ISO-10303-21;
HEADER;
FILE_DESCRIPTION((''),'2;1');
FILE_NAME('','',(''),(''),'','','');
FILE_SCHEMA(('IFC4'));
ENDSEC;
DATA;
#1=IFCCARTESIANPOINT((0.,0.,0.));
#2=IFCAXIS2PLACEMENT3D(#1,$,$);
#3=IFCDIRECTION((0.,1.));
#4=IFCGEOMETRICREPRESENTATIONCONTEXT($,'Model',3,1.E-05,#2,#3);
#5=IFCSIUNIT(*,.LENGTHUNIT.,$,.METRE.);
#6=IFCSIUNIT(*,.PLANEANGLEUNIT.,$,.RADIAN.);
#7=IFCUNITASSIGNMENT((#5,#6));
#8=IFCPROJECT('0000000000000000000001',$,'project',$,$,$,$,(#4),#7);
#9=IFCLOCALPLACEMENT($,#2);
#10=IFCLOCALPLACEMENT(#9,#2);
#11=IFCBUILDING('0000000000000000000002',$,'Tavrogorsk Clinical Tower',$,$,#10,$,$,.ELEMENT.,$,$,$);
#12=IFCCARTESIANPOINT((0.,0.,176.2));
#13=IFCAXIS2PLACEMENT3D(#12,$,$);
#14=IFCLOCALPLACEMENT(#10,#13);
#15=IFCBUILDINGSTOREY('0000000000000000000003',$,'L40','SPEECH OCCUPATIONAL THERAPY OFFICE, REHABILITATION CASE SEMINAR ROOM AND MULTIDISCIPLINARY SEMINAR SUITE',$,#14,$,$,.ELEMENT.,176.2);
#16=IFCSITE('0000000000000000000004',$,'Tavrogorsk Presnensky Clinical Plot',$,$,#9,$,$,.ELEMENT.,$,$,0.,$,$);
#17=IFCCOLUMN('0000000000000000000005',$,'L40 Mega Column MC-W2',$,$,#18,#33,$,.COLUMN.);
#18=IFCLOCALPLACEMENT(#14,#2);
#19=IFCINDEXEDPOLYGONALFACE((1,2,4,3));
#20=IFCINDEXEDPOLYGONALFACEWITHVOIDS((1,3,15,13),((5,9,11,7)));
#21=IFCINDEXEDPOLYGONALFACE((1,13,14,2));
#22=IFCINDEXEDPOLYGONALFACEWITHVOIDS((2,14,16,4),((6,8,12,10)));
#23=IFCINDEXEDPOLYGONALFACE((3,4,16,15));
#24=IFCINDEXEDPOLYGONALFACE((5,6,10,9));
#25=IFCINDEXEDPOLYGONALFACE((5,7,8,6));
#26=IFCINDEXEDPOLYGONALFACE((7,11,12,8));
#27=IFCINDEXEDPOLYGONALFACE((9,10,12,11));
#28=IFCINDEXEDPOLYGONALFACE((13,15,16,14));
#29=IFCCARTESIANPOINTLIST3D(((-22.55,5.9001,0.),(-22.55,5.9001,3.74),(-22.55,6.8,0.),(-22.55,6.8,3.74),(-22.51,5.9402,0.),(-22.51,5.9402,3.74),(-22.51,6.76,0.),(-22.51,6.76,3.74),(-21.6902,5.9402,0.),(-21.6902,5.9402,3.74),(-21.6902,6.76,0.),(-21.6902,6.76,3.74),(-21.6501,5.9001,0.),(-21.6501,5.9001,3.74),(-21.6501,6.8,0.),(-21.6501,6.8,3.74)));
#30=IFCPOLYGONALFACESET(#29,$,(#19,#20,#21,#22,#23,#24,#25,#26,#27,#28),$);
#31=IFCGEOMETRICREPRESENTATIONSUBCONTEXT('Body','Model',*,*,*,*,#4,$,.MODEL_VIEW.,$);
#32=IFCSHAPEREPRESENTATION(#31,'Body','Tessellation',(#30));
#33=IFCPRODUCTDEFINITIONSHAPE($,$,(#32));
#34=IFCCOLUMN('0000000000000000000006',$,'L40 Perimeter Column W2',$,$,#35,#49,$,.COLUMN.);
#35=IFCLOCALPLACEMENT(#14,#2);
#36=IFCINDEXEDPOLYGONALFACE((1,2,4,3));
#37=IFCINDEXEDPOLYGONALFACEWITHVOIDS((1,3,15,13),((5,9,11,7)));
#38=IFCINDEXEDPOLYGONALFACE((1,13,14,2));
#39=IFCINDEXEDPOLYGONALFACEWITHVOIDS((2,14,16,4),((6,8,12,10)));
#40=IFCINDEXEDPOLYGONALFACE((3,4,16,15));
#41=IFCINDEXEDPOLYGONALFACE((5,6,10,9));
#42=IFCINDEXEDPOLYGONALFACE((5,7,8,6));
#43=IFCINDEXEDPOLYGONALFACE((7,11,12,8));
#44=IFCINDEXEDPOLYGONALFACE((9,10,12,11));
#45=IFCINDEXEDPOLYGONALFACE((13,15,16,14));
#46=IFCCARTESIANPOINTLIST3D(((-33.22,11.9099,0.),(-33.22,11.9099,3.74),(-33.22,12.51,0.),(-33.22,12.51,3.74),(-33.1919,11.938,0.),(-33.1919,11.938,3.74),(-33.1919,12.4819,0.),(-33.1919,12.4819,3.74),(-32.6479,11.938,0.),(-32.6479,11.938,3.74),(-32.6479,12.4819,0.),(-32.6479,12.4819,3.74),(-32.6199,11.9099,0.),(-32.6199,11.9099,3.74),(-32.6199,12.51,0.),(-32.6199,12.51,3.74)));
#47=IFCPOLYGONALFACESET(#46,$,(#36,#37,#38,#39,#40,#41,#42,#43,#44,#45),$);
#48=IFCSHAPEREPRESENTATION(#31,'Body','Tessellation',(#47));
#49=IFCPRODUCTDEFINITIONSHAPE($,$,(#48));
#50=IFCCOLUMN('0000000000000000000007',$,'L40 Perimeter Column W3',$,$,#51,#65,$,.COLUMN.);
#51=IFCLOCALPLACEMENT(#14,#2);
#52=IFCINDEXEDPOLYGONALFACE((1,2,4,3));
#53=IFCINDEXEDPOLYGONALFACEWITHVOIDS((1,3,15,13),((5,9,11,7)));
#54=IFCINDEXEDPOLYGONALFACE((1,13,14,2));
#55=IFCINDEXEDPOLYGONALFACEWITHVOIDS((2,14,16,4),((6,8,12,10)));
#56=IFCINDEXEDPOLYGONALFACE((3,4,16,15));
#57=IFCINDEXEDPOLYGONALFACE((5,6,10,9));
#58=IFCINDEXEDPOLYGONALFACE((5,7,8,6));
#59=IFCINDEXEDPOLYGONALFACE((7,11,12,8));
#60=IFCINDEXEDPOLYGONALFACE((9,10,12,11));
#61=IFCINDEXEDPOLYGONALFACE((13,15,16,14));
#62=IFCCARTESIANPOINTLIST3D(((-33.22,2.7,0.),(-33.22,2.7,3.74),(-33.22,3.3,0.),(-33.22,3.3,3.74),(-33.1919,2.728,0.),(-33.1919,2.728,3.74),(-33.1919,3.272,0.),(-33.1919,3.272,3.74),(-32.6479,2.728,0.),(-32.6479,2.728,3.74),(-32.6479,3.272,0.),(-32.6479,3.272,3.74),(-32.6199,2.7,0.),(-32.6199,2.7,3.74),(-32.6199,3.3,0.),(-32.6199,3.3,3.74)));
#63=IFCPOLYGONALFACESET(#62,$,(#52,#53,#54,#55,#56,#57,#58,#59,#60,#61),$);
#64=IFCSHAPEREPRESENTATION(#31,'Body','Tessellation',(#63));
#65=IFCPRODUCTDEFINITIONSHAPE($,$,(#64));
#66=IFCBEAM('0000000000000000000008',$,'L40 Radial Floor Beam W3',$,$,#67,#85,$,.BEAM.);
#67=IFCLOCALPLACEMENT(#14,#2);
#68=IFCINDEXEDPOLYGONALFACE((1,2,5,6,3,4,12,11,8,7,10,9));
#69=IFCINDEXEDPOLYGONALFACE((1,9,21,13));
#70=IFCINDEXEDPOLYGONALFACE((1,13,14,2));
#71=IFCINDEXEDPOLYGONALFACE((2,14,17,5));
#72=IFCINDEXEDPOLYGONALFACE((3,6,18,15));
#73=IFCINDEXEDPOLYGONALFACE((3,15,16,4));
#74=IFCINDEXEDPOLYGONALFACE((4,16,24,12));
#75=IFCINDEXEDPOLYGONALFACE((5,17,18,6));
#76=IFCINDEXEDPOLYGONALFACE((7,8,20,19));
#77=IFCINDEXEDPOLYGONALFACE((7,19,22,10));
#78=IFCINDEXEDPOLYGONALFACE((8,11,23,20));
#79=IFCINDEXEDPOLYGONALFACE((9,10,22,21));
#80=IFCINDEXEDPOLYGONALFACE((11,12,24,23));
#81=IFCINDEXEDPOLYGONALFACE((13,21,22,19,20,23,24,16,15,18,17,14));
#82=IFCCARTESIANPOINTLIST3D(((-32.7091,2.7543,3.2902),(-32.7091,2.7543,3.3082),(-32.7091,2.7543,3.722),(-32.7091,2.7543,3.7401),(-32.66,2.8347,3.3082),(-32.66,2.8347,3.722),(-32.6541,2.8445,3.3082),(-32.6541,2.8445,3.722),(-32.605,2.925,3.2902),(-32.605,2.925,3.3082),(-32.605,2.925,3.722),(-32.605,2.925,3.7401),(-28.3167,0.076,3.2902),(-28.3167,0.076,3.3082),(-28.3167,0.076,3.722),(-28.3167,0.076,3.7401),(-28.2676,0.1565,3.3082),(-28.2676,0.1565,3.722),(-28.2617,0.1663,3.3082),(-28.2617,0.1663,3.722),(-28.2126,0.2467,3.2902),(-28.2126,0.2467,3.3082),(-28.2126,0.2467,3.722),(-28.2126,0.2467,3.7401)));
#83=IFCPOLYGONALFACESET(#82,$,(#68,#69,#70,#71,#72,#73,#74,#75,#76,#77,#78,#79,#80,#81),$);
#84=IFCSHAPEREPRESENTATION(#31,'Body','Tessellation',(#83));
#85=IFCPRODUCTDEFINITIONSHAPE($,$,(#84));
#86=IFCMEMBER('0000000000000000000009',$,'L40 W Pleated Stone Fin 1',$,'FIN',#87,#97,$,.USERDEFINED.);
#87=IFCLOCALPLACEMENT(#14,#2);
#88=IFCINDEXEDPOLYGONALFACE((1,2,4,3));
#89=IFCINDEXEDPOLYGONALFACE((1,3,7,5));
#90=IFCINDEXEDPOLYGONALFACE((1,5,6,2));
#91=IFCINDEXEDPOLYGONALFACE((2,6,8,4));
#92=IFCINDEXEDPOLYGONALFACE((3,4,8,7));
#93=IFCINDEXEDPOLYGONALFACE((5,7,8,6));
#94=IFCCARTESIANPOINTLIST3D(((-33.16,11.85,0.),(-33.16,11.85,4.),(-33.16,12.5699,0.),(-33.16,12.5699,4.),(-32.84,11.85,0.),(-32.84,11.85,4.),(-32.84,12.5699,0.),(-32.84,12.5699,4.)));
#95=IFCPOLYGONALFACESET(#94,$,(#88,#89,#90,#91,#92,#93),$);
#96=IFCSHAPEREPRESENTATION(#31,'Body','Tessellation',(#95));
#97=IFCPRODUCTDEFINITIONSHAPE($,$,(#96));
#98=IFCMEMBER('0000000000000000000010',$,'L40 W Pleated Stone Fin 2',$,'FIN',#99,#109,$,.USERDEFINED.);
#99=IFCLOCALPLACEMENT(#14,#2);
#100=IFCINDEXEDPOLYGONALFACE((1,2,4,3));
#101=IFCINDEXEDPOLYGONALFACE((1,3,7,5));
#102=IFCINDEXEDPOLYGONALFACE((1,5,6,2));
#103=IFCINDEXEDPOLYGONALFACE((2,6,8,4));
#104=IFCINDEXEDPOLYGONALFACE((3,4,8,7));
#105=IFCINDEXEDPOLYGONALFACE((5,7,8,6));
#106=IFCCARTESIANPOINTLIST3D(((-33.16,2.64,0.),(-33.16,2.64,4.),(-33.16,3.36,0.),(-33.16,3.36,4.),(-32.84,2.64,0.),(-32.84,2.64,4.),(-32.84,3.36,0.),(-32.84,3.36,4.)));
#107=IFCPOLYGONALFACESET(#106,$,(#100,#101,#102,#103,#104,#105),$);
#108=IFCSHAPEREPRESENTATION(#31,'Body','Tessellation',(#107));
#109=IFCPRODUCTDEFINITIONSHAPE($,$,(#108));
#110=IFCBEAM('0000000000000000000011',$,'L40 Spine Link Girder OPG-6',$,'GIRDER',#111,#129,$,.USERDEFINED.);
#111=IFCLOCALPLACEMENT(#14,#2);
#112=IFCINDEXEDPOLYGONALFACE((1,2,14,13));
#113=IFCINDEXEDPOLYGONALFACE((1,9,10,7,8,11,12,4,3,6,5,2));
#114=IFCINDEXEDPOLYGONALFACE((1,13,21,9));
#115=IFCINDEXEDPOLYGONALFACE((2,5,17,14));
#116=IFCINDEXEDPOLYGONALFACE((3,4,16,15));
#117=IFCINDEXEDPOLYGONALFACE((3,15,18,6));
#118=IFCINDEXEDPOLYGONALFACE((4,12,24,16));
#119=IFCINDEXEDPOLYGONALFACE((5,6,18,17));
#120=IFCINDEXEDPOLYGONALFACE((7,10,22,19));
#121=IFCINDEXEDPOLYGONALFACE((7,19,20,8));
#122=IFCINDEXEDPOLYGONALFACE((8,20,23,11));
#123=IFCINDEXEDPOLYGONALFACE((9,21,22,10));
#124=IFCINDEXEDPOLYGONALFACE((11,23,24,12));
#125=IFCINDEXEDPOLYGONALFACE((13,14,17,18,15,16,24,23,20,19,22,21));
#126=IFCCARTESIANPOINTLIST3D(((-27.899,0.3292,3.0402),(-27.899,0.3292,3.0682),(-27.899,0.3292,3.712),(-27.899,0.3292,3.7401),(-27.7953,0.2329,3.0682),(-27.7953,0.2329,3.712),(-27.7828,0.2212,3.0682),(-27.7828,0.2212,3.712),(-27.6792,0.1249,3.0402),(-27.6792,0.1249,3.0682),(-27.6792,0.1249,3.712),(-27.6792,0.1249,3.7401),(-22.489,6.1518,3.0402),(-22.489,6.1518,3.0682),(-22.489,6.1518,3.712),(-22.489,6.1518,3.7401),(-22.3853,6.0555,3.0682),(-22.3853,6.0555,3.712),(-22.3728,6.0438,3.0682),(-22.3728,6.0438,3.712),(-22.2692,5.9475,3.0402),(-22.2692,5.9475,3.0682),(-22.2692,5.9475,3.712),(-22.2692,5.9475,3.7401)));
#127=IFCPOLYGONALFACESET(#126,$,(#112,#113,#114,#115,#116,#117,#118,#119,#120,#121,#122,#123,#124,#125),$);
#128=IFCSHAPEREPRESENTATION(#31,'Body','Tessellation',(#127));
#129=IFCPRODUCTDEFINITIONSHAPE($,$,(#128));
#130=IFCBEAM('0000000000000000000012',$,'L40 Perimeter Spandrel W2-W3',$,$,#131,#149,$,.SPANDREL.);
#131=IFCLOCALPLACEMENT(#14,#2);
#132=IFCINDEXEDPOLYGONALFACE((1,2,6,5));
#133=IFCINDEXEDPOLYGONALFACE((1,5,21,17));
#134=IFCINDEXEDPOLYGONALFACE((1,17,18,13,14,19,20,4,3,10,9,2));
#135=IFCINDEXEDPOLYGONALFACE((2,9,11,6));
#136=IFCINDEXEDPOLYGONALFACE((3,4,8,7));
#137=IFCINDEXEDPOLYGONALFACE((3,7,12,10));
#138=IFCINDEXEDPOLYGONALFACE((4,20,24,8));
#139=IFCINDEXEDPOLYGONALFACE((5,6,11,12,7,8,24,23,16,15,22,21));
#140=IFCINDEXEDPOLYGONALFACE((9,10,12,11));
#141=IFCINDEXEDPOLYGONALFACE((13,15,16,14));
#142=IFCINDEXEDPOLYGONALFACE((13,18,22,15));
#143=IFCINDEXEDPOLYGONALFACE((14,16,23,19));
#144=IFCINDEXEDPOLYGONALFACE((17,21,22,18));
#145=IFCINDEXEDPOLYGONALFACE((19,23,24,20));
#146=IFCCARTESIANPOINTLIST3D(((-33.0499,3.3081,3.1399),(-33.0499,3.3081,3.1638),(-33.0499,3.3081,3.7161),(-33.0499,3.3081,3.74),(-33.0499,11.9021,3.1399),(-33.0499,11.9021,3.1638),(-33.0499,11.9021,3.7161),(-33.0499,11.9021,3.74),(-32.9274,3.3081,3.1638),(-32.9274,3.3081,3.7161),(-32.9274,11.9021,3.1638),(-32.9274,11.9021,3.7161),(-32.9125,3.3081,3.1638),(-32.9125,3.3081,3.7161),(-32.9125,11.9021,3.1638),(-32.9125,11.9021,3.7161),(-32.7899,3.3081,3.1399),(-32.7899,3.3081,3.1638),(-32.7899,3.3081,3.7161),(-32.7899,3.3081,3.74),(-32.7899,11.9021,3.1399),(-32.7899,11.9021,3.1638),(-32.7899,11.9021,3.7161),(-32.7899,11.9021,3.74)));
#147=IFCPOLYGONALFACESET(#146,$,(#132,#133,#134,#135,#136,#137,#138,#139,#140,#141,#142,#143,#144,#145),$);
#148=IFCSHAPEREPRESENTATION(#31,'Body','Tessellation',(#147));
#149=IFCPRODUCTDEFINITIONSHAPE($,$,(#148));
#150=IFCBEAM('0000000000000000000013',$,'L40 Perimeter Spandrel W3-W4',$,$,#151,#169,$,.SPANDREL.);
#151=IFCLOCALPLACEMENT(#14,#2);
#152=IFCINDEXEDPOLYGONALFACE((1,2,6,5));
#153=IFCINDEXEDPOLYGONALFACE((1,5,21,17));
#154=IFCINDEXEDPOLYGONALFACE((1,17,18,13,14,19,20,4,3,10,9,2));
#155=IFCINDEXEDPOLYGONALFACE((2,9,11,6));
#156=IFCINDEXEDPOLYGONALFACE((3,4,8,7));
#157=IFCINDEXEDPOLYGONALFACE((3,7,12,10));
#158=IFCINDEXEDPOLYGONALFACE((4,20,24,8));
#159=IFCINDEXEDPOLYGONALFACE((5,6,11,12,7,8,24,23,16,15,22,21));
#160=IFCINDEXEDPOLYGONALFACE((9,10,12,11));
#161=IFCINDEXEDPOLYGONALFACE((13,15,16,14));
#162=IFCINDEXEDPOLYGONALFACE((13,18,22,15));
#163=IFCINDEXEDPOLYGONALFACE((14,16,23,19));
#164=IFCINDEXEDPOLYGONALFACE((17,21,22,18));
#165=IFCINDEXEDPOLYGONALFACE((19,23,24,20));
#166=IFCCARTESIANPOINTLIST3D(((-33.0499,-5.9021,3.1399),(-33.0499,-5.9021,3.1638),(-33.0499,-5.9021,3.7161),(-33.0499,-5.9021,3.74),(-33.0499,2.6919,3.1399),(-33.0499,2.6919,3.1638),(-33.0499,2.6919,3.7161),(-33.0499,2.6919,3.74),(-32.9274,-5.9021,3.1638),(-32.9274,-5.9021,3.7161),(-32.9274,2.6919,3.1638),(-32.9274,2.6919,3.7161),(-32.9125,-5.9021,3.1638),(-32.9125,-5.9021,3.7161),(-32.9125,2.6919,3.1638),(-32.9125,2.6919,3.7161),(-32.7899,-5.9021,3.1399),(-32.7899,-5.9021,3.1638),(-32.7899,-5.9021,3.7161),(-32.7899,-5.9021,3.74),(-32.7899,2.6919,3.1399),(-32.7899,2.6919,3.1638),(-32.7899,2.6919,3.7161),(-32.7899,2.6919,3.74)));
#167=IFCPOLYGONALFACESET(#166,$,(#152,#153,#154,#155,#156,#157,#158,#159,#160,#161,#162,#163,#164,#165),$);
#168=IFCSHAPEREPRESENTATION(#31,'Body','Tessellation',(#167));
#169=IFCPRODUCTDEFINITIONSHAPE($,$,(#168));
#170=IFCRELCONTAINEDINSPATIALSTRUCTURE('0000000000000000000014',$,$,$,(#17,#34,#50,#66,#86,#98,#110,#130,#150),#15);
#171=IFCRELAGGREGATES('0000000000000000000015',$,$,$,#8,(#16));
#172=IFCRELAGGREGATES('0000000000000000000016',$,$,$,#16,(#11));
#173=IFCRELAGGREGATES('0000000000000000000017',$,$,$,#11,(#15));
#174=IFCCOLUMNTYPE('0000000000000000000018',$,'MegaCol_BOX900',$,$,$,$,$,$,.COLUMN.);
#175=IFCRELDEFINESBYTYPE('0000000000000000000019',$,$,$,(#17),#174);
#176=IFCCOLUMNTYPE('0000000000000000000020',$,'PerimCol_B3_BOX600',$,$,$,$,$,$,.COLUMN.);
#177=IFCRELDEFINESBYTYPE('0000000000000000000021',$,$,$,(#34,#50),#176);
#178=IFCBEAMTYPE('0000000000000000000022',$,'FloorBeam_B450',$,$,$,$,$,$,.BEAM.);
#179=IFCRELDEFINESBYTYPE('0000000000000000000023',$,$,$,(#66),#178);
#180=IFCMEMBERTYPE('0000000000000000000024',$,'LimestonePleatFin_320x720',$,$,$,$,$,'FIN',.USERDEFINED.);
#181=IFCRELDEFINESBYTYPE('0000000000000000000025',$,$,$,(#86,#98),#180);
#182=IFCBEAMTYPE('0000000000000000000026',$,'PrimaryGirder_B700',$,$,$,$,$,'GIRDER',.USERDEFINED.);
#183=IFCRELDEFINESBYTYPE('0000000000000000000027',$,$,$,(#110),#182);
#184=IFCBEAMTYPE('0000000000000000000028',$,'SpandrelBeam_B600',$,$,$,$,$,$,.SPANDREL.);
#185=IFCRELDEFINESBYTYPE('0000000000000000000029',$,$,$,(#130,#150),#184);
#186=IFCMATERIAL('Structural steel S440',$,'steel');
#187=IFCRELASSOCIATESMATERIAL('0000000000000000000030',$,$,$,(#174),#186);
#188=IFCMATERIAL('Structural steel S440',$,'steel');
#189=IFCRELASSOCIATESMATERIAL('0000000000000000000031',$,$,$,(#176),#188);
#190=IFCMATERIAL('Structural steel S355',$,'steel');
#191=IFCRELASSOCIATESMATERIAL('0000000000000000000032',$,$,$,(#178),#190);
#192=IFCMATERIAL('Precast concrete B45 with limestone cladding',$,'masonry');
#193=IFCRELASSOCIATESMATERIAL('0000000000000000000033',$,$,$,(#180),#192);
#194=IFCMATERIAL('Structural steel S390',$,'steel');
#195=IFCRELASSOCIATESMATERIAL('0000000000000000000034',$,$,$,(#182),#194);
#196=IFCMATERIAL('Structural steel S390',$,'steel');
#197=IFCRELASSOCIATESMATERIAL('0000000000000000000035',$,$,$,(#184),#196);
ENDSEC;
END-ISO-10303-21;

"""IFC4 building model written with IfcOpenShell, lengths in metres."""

from ifc_helpers import new_model, si_unit, direction, frame, origin, origin_2d, place, context, subcontext, project, spatial, rectangle, hollow_rectangle, i_section, extrude, material, material_profile, profile_set, type_object, element, save


model = new_model("IFC4")

# Units and contexts
model_context = context("Model", 3, precision=1e-05, world=origin(), true_north=direction((0.0, 1.0)))
body_context = subcontext(model_context, "Body", "Model", "MODEL_VIEW")
ifc_project = project(units=[si_unit("LENGTHUNIT", "METRE"), si_unit("PLANEANGLEUNIT", "RADIAN")], contexts=[model_context])

# Site, building, storey
site_placement = place(None, origin())
site = spatial("IfcSite", under=ifc_project, at=site_placement, Name="Tavrogorsk Presnensky Clinical Plot", CompositionType="ELEMENT", RefElevation=0.0)
building_placement = place(site_placement, origin())
building = spatial("IfcBuilding", under=site, at=building_placement, Name="Tavrogorsk Clinical Tower", CompositionType="ELEMENT")
storey_placement = place(building_placement, frame((0.0, 0.0, 176.2)))
storey = spatial("IfcBuildingStorey", under=building, at=storey_placement, Name="L40", Description="SPEECH OCCUPATIONAL THERAPY OFFICE, REHABILITATION CASE SEMINAR ROOM AND MULTIDISCIPLINARY SEMINAR SUITE", CompositionType="ELEMENT", Elevation=176.2)

# Columns
ifc_material_1 = material(Name="Structural steel S440", Category="steel")
ifc_material_profile_1 = material_profile(ifc_material_1, hollow_rectangle(XDim=0.8999, YDim=0.8999, WallThickness=0.04, at=origin_2d()), Name="BOX-900x900x40")
ifc_profile_set_1 = profile_set([ifc_material_profile_1], Name="Structural steel S440")
column_type_1 = type_object("IfcColumnType", Name="MegaCol_BOX900", PredefinedType="COLUMN", material=ifc_profile_set_1)
column_placement = place(storey_placement, frame((-22.1001, 6.3501, 0.0), z_axis=(0.0, 0.0, 1.0), x_axis=(1.0, 0.0, 0.0)))
element("IfcColumn", 1, at=column_placement, inside=storey, type_object=column_type_1, Name="L40 Mega Column MC-W2", PredefinedType="COLUMN", context=body_context, shape_type="SweptSolid", body=[
    extrude(hollow_rectangle(XDim=0.8999, YDim=0.8999, WallThickness=0.04, at=origin_2d()), origin(), (0.0, 0.0, 1.0), 3.74),
])
ifc_material_2 = material(Name="Structural steel S440", Category="steel")
ifc_material_profile_2 = material_profile(ifc_material_2, hollow_rectangle(XDim=0.6001, YDim=0.6001, WallThickness=0.0281, at=origin_2d()), Name="BOX-600x600x28")
ifc_profile_set_2 = profile_set([ifc_material_profile_2], Name="Structural steel S440")
column_type_2 = type_object("IfcColumnType", Name="PerimCol_B3_BOX600", PredefinedType="COLUMN", material=ifc_profile_set_2)
for number, where, z_axis, x_axis, name in (
    (2, (-32.9199, 12.21, 0.0), (0.0, 0.0, 1.0), (1.0, 0.0, 0.0), "L40 Perimeter Column W2"),
    (3, (-32.9199, 3.0, 0.0), (0.0, 0.0, 1.0), (1.0, 0.0, 0.0), "L40 Perimeter Column W3"),
):
    element("IfcColumn", number, at=place(storey_placement, frame(where, z_axis=z_axis, x_axis=x_axis)), inside=storey, type_object=column_type_2, Name=name, PredefinedType="COLUMN", context=body_context, shape_type="SweptSolid", body=[
        extrude(hollow_rectangle(XDim=0.6001, YDim=0.6001, WallThickness=0.0281, at=origin_2d()), origin(), (0.0, 0.0, 1.0), 3.74),
    ])

# Beam
ifc_material_3 = material(Name="Structural steel S355", Category="steel")
ifc_material_profile_3 = material_profile(ifc_material_3, i_section(OverallWidth=0.2, OverallDepth=0.45, WebThickness=0.0115, FlangeThickness=0.0181, at=origin_2d()), Name="B-450x200x11.5x18")
ifc_profile_set_3 = profile_set([ifc_material_profile_3], Name="Structural steel S355")
beam_type_1 = type_object("IfcBeamType", Name="FloorBeam_B450", PredefinedType="BEAM", material=ifc_profile_set_3)
beam_1_placement = place(storey_placement, frame((-28.2646, 0.1614, 3.5151), z_axis=(-0.853799, 0.520603, 0.0), x_axis=(-0.520603, -0.853799, 0.0)))
element("IfcBeam", 4, at=beam_1_placement, inside=storey, type_object=beam_type_1, Name="L40 Radial Floor Beam W3", PredefinedType="BEAM", context=body_context, shape_type="SweptSolid", body=[
    extrude(i_section(OverallWidth=0.2, OverallDepth=0.45, WebThickness=0.0115, FlangeThickness=0.0181, at=origin_2d()), origin(), (0.0, 0.0, 1.0), 5.1445),
])

# Members
ifc_material_4 = material(Name="Precast concrete B45 with limestone cladding", Category="masonry")
ifc_material_profile_4 = material_profile(ifc_material_4, rectangle(XDim=0.3201, YDim=0.72, at=origin_2d()), Name="LIMESTONE-FIN-320x720")
ifc_profile_set_4 = profile_set([ifc_material_profile_4], Name="Precast concrete B45 with limestone cladding")
member_type = type_object("IfcMemberType", Name="LimestonePleatFin_320x720", ElementType="FIN", PredefinedType="USERDEFINED", material=ifc_profile_set_4)
for number, where, z_axis, x_axis, name in (
    (5, (-33.0, 12.21, 0.0), (0.0, 0.0, 1.0), (1.0, 0.0, 0.0), "L40 W Pleated Stone Fin 1"),
    (6, (-33.0, 3.0, 0.0), (0.0, 0.0, 1.0), (1.0, 0.0, 0.0), "L40 W Pleated Stone Fin 2"),
):
    element("IfcMember", number, at=place(storey_placement, frame(where, z_axis=z_axis, x_axis=x_axis)), inside=storey, type_object=member_type, Name=name, ObjectType="FIN", PredefinedType="USERDEFINED", context=body_context, shape_type="SweptSolid", body=[
        extrude(rectangle(XDim=0.3201, YDim=0.72, at=origin_2d()), origin(), (0.0, 0.0, 1.0), 4.0),
    ])

# Beams
ifc_material_5 = material(Name="Structural steel S390", Category="steel")
ifc_material_profile_5 = material_profile(ifc_material_5, i_section(OverallWidth=0.3, OverallDepth=0.7, WebThickness=0.0171, FlangeThickness=0.0281, at=origin_2d()), Name="B-700x300x17x28")
ifc_profile_set_5 = profile_set([ifc_material_profile_5], Name="Structural steel S390")
beam_type_2 = type_object("IfcBeamType", Name="PrimaryGirder_B700", ElementType="GIRDER", PredefinedType="USERDEFINED", material=ifc_profile_set_5)
beam_2_placement = place(storey_placement, frame((-27.7891, 0.2271, 3.3901), z_axis=(0.680674, 0.732587, 0.0), x_axis=(-0.732587, 0.680674, 0.0)))
element("IfcBeam", 7, at=beam_2_placement, inside=storey, type_object=beam_type_2, Name="L40 Spine Link Girder OPG-6", ObjectType="GIRDER", PredefinedType="USERDEFINED", context=body_context, shape_type="SweptSolid", body=[
    extrude(i_section(OverallWidth=0.3, OverallDepth=0.7, WebThickness=0.0171, FlangeThickness=0.0281, at=origin_2d()), origin(), (0.0, 0.0, 1.0), 7.948),
])
ifc_material_6 = material(Name="Structural steel S390", Category="steel")
ifc_material_profile_6 = material_profile(ifc_material_6, i_section(OverallWidth=0.26, OverallDepth=0.6001, WebThickness=0.0149, FlangeThickness=0.0239, at=origin_2d()), Name="B-600x260x15x24")
ifc_profile_set_6 = profile_set([ifc_material_profile_6], Name="Structural steel S390")
beam_type_3 = type_object("IfcBeamType", Name="SpandrelBeam_B600", PredefinedType="SPANDREL", material=ifc_profile_set_6)
for number, where, z_axis, x_axis, name in (
    (8, (-32.9199, 11.9021, 3.4399), (0.0, -1.0, 0.0), (1.0, 0.0, 0.0), "L40 Perimeter Spandrel W2-W3"),
    (9, (-32.9199, 2.6919, 3.4399), (0.0, -1.0, 0.0), (1.0, 0.0, 0.0), "L40 Perimeter Spandrel W3-W4"),
):
    element("IfcBeam", number, at=place(storey_placement, frame(where, z_axis=z_axis, x_axis=x_axis)), inside=storey, type_object=beam_type_3, Name=name, PredefinedType="SPANDREL", context=body_context, shape_type="SweptSolid", body=[
        extrude(i_section(OverallWidth=0.26, OverallDepth=0.6001, WebThickness=0.0149, FlangeThickness=0.0239, at=origin_2d()), origin(), (0.0, 0.0, 1.0), 8.594),
    ])

save(model, "model.ifc")
